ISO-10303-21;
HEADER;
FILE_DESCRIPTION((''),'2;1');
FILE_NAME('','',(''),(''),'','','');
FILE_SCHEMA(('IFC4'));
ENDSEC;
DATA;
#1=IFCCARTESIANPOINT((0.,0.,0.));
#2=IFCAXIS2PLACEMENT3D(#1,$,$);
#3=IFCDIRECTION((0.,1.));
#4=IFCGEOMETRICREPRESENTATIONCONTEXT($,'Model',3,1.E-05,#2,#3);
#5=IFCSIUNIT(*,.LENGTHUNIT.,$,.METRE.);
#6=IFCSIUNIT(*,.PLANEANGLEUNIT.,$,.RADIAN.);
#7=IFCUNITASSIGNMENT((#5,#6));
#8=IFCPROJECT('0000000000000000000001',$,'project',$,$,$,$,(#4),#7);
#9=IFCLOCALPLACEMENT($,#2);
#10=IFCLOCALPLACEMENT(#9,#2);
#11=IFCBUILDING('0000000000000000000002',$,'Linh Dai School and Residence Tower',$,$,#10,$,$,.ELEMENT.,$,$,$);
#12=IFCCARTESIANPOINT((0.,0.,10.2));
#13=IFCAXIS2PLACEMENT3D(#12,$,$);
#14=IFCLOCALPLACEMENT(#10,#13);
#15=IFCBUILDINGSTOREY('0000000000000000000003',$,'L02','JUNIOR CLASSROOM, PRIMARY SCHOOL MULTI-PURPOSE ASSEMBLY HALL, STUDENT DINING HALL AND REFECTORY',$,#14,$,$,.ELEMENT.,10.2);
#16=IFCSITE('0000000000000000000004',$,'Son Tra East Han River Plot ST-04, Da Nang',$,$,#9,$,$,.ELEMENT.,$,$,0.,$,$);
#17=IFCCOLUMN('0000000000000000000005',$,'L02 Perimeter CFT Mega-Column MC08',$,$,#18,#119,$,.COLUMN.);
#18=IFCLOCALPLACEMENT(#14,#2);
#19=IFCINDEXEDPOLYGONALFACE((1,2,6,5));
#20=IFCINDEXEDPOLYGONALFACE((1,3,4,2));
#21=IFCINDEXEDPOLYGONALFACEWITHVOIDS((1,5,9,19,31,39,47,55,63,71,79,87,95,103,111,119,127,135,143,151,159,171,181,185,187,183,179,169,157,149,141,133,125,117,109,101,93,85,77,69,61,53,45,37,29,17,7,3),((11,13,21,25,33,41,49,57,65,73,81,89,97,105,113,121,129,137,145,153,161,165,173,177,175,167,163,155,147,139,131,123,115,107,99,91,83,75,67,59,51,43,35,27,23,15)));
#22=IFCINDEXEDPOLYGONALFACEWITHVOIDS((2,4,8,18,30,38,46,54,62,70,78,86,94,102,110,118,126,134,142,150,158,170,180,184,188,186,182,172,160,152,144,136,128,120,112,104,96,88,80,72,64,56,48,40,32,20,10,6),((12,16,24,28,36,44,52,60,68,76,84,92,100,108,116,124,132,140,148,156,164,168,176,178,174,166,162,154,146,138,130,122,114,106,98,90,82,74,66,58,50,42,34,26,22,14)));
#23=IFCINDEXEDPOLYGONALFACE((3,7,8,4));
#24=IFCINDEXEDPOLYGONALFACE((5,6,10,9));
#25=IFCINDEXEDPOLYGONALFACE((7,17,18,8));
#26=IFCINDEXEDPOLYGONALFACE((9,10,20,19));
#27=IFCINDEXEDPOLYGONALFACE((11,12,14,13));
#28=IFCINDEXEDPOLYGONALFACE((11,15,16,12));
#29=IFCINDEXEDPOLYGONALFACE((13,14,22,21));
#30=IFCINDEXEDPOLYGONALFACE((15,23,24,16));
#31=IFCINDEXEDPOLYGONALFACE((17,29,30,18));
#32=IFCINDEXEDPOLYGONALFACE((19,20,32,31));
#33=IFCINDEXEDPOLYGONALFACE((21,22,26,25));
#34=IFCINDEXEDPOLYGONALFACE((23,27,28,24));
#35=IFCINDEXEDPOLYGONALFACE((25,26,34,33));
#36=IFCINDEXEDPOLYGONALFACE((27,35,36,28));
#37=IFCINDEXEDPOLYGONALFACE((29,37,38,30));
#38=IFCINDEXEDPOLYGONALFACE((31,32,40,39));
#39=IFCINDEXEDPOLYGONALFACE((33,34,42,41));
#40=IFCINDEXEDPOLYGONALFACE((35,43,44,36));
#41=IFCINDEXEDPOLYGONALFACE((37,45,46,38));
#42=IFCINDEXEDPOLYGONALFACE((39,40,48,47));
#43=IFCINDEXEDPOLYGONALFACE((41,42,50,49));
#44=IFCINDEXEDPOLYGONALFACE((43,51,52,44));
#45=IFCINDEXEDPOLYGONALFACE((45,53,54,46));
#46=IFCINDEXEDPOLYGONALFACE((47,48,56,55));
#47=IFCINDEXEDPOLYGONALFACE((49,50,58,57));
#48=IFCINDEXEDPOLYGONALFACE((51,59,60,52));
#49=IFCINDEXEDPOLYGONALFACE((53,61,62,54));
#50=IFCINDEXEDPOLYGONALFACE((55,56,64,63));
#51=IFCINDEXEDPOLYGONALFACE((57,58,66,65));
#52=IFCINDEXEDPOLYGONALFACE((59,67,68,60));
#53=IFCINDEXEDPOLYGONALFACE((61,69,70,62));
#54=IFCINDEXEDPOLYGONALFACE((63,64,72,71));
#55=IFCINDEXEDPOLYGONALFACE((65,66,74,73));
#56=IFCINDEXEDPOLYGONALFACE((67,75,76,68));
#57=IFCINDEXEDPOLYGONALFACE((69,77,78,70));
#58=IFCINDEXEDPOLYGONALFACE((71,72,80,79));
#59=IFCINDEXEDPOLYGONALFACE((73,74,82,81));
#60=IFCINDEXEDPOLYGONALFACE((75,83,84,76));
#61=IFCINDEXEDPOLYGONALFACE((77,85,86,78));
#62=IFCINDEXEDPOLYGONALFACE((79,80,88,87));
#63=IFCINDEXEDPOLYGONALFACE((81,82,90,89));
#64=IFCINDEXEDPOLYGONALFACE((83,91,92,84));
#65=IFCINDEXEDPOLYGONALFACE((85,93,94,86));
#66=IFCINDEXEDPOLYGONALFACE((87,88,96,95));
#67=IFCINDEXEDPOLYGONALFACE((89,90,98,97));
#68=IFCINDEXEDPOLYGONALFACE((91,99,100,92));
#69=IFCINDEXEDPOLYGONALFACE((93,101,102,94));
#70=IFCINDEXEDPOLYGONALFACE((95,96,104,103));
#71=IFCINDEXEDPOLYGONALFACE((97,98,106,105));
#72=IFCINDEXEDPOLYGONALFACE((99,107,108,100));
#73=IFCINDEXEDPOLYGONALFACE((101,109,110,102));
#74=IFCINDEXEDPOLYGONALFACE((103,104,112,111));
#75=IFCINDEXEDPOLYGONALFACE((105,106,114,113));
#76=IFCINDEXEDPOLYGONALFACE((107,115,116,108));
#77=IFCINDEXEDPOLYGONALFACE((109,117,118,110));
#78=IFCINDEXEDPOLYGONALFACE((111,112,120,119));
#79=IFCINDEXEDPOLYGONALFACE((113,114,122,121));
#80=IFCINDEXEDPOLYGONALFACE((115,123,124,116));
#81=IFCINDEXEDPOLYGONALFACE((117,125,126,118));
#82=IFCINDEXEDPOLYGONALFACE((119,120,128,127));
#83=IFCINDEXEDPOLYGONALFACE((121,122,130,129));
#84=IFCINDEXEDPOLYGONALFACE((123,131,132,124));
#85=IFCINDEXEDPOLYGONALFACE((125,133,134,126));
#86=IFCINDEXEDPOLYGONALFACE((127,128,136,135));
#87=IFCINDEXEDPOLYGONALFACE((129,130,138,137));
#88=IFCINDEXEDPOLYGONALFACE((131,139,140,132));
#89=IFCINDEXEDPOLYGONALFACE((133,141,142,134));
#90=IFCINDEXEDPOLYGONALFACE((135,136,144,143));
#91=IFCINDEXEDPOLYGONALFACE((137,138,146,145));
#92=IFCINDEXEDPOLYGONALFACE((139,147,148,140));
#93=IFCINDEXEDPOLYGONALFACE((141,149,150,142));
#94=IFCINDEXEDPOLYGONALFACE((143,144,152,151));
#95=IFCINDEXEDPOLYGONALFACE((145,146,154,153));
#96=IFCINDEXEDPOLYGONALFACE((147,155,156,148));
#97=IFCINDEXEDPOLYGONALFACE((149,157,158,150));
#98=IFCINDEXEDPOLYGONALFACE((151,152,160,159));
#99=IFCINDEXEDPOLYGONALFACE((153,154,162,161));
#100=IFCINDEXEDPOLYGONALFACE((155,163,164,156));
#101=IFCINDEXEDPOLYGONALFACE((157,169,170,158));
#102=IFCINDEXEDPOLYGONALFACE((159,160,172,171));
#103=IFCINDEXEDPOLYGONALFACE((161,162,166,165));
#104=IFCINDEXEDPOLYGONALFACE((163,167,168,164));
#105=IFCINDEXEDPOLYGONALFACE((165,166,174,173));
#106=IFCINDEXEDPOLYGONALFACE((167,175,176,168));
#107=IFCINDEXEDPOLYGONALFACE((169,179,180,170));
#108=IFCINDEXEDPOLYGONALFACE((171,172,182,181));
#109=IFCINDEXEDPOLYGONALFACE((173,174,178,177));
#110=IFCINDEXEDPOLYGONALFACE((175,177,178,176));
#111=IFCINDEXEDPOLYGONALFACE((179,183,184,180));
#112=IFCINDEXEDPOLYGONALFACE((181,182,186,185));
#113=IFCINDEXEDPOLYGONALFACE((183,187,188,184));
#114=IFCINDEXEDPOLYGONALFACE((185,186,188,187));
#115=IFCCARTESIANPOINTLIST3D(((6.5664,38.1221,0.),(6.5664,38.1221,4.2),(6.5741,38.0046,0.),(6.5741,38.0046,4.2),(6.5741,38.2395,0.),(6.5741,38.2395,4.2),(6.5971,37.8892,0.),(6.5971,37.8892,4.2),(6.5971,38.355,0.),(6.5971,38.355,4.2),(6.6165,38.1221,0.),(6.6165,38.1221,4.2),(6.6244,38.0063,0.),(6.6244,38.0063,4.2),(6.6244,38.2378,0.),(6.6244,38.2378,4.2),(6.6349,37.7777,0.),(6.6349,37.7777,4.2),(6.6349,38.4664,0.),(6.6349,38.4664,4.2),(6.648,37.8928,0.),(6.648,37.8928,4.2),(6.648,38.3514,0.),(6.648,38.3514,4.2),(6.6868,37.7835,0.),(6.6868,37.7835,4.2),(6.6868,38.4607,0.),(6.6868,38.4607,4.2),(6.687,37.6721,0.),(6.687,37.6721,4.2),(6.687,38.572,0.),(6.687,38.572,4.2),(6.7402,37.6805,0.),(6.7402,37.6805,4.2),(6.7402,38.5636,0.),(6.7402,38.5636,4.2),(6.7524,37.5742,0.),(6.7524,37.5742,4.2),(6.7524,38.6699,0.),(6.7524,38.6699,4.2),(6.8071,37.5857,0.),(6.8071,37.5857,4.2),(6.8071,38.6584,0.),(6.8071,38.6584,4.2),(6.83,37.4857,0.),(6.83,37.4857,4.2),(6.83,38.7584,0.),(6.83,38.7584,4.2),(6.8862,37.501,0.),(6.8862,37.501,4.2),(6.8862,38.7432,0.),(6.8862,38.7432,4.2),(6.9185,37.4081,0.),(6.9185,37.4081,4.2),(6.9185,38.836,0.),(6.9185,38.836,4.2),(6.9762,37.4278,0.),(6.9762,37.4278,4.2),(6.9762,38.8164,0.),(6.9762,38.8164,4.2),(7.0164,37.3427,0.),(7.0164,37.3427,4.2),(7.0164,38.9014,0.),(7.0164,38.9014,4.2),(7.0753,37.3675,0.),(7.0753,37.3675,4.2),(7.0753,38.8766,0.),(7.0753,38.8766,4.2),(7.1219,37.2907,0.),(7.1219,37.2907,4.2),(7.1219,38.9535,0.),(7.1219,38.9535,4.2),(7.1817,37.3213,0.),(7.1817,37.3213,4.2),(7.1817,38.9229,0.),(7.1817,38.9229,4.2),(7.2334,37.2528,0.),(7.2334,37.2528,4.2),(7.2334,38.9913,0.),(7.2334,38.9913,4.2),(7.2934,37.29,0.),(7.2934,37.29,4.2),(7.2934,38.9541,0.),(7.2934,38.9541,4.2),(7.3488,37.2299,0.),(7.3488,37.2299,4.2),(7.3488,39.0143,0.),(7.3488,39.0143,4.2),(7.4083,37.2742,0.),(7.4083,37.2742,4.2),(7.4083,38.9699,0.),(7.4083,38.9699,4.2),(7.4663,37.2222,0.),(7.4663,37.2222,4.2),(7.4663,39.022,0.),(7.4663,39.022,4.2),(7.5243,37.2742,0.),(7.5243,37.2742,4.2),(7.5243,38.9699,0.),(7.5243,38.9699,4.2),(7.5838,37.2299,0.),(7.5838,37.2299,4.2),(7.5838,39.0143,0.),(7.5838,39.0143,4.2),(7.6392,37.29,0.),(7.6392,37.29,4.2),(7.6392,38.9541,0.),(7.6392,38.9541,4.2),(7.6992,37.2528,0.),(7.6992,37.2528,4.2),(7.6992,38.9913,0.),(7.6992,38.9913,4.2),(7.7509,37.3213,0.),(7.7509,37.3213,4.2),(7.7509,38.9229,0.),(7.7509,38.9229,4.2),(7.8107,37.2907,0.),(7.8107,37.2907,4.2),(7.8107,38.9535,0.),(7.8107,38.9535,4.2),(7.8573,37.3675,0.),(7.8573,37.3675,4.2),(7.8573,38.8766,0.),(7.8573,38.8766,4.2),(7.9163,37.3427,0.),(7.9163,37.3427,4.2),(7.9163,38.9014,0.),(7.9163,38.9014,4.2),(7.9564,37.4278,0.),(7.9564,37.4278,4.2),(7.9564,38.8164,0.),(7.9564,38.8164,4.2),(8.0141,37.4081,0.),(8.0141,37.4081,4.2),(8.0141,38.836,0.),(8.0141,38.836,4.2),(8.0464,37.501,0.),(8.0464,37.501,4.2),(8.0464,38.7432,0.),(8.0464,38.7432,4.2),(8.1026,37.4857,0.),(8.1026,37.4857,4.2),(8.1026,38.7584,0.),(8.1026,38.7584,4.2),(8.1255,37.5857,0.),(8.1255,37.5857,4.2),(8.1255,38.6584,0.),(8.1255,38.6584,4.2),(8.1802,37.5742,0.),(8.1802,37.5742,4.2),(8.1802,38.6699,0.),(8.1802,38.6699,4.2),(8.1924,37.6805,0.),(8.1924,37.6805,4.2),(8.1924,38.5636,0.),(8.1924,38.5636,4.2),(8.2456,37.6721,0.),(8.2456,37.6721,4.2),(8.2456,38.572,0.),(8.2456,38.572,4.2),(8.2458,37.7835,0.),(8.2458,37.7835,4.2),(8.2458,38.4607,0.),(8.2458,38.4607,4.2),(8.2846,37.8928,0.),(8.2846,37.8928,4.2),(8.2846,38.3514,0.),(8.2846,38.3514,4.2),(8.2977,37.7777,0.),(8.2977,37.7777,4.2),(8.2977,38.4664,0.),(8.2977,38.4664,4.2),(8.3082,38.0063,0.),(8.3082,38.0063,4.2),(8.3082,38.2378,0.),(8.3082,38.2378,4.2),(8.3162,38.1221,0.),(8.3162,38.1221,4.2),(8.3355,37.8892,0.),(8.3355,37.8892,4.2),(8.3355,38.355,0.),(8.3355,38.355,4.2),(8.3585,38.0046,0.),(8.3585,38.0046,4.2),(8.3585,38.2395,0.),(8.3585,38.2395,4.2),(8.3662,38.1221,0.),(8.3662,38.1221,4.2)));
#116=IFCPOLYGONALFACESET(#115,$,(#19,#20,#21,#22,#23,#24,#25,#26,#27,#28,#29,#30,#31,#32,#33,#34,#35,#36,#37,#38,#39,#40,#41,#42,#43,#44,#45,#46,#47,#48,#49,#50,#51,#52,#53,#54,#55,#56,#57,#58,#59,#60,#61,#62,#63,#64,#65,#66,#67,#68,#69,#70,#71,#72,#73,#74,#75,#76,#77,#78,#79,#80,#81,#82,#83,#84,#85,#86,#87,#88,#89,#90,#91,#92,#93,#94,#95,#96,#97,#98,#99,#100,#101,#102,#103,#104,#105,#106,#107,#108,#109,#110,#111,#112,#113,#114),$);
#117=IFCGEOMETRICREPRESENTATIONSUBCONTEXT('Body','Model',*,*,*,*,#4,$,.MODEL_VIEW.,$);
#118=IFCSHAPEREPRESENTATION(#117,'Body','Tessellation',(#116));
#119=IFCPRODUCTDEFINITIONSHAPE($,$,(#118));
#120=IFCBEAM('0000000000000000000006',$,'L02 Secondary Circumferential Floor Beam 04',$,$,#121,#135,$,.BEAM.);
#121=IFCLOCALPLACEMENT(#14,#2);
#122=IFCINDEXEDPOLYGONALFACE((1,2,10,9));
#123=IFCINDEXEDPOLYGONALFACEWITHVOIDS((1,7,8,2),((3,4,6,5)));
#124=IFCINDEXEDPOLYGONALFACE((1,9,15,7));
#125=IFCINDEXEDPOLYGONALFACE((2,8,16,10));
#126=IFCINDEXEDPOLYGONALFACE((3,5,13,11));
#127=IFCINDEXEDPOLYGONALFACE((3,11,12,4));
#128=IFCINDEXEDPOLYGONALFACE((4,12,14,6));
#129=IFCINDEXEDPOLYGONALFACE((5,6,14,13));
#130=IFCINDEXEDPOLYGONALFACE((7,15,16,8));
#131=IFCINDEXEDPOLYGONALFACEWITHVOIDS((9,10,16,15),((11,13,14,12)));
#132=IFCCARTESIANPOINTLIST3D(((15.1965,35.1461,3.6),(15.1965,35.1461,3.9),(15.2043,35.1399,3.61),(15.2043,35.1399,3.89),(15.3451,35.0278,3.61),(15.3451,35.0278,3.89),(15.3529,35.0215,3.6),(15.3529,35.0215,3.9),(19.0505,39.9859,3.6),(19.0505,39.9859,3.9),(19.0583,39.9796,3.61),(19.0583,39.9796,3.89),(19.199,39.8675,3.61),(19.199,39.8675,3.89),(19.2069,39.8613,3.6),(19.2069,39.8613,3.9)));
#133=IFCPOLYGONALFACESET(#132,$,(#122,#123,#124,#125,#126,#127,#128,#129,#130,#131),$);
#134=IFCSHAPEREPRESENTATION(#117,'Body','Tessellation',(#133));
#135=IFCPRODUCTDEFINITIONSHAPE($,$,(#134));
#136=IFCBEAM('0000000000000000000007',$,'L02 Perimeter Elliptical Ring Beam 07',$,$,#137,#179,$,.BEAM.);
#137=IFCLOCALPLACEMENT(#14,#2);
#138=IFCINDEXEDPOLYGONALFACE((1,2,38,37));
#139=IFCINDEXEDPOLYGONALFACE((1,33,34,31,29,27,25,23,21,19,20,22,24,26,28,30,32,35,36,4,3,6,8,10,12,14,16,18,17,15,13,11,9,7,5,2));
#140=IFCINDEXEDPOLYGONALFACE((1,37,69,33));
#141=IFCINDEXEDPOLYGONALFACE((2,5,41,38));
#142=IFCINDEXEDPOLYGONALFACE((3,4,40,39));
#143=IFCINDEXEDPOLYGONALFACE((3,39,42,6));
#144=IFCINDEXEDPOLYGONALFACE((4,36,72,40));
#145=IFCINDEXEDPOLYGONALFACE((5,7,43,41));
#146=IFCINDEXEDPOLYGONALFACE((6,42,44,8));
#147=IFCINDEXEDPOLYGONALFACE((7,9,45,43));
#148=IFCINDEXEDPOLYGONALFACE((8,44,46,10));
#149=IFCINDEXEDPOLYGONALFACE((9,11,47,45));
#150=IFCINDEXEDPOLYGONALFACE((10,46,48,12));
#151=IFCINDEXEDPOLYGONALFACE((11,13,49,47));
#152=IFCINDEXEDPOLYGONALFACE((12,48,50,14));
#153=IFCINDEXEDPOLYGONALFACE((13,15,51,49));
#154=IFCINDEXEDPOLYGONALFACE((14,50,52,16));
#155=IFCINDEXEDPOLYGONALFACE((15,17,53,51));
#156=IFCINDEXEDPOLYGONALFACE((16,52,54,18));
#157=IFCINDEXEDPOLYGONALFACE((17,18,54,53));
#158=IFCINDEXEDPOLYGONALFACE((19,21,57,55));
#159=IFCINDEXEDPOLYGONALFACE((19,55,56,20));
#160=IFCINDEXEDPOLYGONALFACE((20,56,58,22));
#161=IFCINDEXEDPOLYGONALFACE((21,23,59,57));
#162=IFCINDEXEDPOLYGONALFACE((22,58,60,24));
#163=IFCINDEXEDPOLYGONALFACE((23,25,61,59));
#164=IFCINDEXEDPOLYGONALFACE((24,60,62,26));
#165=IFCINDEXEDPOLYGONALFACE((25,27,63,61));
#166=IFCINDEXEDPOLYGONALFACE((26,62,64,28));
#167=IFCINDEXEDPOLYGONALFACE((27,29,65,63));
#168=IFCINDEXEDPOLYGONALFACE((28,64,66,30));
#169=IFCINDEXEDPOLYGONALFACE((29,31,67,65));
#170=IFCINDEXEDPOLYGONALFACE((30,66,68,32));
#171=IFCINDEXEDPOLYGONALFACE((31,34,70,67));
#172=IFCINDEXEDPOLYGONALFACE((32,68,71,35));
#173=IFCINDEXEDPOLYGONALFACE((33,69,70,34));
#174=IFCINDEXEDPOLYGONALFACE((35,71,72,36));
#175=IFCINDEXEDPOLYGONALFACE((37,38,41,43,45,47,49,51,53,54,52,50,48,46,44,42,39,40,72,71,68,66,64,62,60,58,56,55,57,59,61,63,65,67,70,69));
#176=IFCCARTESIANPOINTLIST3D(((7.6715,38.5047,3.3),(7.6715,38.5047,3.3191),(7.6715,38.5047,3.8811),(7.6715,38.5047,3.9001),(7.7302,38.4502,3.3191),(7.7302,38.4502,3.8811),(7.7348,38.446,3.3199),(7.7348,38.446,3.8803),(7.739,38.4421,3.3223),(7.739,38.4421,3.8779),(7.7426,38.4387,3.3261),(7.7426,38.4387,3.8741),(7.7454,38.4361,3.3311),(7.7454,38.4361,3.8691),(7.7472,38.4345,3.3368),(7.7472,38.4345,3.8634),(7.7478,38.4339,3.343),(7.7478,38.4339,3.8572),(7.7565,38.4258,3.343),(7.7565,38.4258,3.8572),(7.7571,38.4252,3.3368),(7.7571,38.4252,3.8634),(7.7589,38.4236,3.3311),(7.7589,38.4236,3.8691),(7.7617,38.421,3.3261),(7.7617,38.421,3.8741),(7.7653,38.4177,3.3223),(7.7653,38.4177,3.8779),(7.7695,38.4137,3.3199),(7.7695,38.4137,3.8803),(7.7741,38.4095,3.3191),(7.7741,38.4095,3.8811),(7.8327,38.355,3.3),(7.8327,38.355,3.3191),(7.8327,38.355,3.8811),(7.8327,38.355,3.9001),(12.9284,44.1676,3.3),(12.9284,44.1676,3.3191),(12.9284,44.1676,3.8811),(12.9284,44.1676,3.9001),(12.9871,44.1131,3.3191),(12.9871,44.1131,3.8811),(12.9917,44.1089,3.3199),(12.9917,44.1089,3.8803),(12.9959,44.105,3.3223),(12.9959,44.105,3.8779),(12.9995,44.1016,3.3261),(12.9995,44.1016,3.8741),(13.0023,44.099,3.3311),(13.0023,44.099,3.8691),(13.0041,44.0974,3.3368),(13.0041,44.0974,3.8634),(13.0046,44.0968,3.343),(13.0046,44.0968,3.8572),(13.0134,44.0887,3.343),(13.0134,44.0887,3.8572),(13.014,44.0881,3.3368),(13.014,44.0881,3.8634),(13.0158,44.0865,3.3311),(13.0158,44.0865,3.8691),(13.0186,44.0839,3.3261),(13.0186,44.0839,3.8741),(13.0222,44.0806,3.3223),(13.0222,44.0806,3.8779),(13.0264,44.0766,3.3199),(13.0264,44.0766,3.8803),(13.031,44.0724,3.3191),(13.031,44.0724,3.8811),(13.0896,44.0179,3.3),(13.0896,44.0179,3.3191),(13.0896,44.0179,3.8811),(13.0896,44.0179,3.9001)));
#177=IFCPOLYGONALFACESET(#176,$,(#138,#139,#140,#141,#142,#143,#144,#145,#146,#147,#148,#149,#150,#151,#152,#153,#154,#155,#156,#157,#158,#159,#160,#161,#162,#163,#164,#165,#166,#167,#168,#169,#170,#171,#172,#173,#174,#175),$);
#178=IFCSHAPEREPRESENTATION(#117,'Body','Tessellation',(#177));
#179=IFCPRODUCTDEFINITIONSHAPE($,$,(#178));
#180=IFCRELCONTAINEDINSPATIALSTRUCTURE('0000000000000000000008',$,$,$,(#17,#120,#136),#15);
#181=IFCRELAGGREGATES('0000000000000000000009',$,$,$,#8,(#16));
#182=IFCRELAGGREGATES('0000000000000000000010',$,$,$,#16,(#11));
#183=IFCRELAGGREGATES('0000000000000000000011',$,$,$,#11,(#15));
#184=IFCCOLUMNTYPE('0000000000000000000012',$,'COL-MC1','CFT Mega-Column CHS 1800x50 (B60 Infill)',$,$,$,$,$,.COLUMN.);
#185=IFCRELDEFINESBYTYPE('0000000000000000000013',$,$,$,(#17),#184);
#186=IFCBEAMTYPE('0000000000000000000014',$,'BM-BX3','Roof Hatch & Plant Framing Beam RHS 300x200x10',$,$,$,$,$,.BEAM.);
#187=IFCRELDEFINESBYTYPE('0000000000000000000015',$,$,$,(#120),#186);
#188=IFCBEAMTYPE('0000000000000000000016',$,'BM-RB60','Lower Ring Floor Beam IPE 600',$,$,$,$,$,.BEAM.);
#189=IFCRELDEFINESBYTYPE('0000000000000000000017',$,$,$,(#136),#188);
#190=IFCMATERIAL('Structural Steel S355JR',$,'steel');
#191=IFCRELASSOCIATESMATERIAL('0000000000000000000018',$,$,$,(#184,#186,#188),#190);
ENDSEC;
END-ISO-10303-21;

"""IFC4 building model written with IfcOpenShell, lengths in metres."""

from ifc_helpers import new_model, si_unit, direction, frame, origin, origin_2d, place, context, subcontext, project, spatial, hollow_rectangle, hollow_circle, i_section, extrude, material, material_profile, profile_set, type_object, element, save


model = new_model("IFC4")

# Units and contexts
model_context = context("Model", 3, precision=1e-05, world=origin(), true_north=direction((0.0, 1.0)))
body_context = subcontext(model_context, "Body", "Model", "MODEL_VIEW")
ifc_project = project(units=[si_unit("LENGTHUNIT", "METRE"), si_unit("PLANEANGLEUNIT", "RADIAN")], contexts=[model_context])

# Site, building, storey
site_placement = place(None, origin())
site = spatial("IfcSite", under=ifc_project, at=site_placement, Name="Son Tra East Han River Plot ST-04, Da Nang", CompositionType="ELEMENT", RefElevation=0.0)
building_placement = place(site_placement, origin())
building = spatial("IfcBuilding", under=site, at=building_placement, Name="Linh Dai School and Residence Tower", CompositionType="ELEMENT")
storey_placement = place(building_placement, frame((0.0, 0.0, 10.2)))
storey = spatial("IfcBuildingStorey", under=building, at=storey_placement, Name="L02", Description="JUNIOR CLASSROOM, PRIMARY SCHOOL MULTI-PURPOSE ASSEMBLY HALL, STUDENT DINING HALL AND REFECTORY", CompositionType="ELEMENT", Elevation=10.2)

# Column
ifc_material_1 = material(Name="Structural Steel S355JR", Category="steel")
ifc_material_profile_1 = material_profile(ifc_material_1, hollow_circle(Radius=0.8999, WallThickness=0.05, at=origin_2d()), Name="CHS 1800x50")
ifc_profile_set_1 = profile_set([ifc_material_profile_1], Name="Structural Steel S355JR")
column_type = type_object("IfcColumnType", Name="COL-MC1", Description="CFT Mega-Column CHS 1800x50 (B60 Infill)", PredefinedType="COLUMN", material=ifc_profile_set_1)
for number, where, z_axis, x_axis, name in (
    (1, (7.4663, 38.1221, 0.0), (0.0, 0.0, 1.0), (1.0, 0.0, 0.0), "L02 Perimeter CFT Mega-Column MC08"),
):
    element("IfcColumn", number, at=place(storey_placement, frame(where, z_axis=z_axis, x_axis=x_axis)), inside=storey, type_object=column_type, Name=name, PredefinedType="COLUMN", context=body_context, shape_type="SweptSolid", body=[
        extrude(hollow_circle(Radius=0.8999, WallThickness=0.05, at=origin_2d()), origin(), (0.0, 0.0, 1.0), 4.2),
    ])

# Beams
ifc_material_profile_2 = material_profile(ifc_material_1, hollow_rectangle(XDim=0.2, YDim=0.3, WallThickness=0.01, at=origin_2d()), Name="RHS 300x200x10")
ifc_profile_set_2 = profile_set([ifc_material_profile_2], Name="Structural Steel S355JR")
beam_type_1 = type_object("IfcBeamType", Name="BM-BX3", Description="Roof Hatch & Plant Framing Beam RHS 300x200x10", PredefinedType="BEAM", material=ifc_profile_set_2)
beam_1_placement = place(storey_placement, frame((19.1287, 39.9236, 3.75), z_axis=(-0.622932, -0.782276, 0.0), x_axis=(0.782276, -0.622932, 0.0)))
element("IfcBeam", 2, at=beam_1_placement, inside=storey, type_object=beam_type_1, Name="L02 Secondary Circumferential Floor Beam 04", PredefinedType="BEAM", context=body_context, shape_type="SweptSolid", body=[
    extrude(hollow_rectangle(XDim=0.2, YDim=0.3, WallThickness=0.01, at=origin_2d()), origin(), (0.0, 0.0, 1.0), 6.1868),
])
ifc_material_profile_3 = material_profile(ifc_material_1, i_section(OverallWidth=0.22, OverallDepth=0.6001, WebThickness=0.012, FlangeThickness=0.019, FilletRadius=0.0239, at=origin_2d()), Name="IPE 600")
ifc_profile_set_3 = profile_set([ifc_material_profile_3], Name="Structural Steel S355JR")
beam_type_2 = type_object("IfcBeamType", Name="BM-RB60", Description="Lower Ring Floor Beam IPE 600", PredefinedType="BEAM", material=ifc_profile_set_3)
beam_2_placement = place(storey_placement, frame((13.009, 44.0928, 3.6001), z_axis=(-0.680346, -0.732891, 0.0), x_axis=(0.732891, -0.680346, 0.0)))
element("IfcBeam", 3, at=beam_2_placement, inside=storey, type_object=beam_type_2, Name="L02 Perimeter Elliptical Ring Beam 07", PredefinedType="BEAM", context=body_context, shape_type="SweptSolid", body=[
    extrude(i_section(OverallWidth=0.22, OverallDepth=0.6001, WebThickness=0.012, FlangeThickness=0.019, FilletRadius=0.0239, at=origin_2d()), origin(), (0.0, 0.0, 1.0), 7.7268),
])

save(model, "model.ifc")
